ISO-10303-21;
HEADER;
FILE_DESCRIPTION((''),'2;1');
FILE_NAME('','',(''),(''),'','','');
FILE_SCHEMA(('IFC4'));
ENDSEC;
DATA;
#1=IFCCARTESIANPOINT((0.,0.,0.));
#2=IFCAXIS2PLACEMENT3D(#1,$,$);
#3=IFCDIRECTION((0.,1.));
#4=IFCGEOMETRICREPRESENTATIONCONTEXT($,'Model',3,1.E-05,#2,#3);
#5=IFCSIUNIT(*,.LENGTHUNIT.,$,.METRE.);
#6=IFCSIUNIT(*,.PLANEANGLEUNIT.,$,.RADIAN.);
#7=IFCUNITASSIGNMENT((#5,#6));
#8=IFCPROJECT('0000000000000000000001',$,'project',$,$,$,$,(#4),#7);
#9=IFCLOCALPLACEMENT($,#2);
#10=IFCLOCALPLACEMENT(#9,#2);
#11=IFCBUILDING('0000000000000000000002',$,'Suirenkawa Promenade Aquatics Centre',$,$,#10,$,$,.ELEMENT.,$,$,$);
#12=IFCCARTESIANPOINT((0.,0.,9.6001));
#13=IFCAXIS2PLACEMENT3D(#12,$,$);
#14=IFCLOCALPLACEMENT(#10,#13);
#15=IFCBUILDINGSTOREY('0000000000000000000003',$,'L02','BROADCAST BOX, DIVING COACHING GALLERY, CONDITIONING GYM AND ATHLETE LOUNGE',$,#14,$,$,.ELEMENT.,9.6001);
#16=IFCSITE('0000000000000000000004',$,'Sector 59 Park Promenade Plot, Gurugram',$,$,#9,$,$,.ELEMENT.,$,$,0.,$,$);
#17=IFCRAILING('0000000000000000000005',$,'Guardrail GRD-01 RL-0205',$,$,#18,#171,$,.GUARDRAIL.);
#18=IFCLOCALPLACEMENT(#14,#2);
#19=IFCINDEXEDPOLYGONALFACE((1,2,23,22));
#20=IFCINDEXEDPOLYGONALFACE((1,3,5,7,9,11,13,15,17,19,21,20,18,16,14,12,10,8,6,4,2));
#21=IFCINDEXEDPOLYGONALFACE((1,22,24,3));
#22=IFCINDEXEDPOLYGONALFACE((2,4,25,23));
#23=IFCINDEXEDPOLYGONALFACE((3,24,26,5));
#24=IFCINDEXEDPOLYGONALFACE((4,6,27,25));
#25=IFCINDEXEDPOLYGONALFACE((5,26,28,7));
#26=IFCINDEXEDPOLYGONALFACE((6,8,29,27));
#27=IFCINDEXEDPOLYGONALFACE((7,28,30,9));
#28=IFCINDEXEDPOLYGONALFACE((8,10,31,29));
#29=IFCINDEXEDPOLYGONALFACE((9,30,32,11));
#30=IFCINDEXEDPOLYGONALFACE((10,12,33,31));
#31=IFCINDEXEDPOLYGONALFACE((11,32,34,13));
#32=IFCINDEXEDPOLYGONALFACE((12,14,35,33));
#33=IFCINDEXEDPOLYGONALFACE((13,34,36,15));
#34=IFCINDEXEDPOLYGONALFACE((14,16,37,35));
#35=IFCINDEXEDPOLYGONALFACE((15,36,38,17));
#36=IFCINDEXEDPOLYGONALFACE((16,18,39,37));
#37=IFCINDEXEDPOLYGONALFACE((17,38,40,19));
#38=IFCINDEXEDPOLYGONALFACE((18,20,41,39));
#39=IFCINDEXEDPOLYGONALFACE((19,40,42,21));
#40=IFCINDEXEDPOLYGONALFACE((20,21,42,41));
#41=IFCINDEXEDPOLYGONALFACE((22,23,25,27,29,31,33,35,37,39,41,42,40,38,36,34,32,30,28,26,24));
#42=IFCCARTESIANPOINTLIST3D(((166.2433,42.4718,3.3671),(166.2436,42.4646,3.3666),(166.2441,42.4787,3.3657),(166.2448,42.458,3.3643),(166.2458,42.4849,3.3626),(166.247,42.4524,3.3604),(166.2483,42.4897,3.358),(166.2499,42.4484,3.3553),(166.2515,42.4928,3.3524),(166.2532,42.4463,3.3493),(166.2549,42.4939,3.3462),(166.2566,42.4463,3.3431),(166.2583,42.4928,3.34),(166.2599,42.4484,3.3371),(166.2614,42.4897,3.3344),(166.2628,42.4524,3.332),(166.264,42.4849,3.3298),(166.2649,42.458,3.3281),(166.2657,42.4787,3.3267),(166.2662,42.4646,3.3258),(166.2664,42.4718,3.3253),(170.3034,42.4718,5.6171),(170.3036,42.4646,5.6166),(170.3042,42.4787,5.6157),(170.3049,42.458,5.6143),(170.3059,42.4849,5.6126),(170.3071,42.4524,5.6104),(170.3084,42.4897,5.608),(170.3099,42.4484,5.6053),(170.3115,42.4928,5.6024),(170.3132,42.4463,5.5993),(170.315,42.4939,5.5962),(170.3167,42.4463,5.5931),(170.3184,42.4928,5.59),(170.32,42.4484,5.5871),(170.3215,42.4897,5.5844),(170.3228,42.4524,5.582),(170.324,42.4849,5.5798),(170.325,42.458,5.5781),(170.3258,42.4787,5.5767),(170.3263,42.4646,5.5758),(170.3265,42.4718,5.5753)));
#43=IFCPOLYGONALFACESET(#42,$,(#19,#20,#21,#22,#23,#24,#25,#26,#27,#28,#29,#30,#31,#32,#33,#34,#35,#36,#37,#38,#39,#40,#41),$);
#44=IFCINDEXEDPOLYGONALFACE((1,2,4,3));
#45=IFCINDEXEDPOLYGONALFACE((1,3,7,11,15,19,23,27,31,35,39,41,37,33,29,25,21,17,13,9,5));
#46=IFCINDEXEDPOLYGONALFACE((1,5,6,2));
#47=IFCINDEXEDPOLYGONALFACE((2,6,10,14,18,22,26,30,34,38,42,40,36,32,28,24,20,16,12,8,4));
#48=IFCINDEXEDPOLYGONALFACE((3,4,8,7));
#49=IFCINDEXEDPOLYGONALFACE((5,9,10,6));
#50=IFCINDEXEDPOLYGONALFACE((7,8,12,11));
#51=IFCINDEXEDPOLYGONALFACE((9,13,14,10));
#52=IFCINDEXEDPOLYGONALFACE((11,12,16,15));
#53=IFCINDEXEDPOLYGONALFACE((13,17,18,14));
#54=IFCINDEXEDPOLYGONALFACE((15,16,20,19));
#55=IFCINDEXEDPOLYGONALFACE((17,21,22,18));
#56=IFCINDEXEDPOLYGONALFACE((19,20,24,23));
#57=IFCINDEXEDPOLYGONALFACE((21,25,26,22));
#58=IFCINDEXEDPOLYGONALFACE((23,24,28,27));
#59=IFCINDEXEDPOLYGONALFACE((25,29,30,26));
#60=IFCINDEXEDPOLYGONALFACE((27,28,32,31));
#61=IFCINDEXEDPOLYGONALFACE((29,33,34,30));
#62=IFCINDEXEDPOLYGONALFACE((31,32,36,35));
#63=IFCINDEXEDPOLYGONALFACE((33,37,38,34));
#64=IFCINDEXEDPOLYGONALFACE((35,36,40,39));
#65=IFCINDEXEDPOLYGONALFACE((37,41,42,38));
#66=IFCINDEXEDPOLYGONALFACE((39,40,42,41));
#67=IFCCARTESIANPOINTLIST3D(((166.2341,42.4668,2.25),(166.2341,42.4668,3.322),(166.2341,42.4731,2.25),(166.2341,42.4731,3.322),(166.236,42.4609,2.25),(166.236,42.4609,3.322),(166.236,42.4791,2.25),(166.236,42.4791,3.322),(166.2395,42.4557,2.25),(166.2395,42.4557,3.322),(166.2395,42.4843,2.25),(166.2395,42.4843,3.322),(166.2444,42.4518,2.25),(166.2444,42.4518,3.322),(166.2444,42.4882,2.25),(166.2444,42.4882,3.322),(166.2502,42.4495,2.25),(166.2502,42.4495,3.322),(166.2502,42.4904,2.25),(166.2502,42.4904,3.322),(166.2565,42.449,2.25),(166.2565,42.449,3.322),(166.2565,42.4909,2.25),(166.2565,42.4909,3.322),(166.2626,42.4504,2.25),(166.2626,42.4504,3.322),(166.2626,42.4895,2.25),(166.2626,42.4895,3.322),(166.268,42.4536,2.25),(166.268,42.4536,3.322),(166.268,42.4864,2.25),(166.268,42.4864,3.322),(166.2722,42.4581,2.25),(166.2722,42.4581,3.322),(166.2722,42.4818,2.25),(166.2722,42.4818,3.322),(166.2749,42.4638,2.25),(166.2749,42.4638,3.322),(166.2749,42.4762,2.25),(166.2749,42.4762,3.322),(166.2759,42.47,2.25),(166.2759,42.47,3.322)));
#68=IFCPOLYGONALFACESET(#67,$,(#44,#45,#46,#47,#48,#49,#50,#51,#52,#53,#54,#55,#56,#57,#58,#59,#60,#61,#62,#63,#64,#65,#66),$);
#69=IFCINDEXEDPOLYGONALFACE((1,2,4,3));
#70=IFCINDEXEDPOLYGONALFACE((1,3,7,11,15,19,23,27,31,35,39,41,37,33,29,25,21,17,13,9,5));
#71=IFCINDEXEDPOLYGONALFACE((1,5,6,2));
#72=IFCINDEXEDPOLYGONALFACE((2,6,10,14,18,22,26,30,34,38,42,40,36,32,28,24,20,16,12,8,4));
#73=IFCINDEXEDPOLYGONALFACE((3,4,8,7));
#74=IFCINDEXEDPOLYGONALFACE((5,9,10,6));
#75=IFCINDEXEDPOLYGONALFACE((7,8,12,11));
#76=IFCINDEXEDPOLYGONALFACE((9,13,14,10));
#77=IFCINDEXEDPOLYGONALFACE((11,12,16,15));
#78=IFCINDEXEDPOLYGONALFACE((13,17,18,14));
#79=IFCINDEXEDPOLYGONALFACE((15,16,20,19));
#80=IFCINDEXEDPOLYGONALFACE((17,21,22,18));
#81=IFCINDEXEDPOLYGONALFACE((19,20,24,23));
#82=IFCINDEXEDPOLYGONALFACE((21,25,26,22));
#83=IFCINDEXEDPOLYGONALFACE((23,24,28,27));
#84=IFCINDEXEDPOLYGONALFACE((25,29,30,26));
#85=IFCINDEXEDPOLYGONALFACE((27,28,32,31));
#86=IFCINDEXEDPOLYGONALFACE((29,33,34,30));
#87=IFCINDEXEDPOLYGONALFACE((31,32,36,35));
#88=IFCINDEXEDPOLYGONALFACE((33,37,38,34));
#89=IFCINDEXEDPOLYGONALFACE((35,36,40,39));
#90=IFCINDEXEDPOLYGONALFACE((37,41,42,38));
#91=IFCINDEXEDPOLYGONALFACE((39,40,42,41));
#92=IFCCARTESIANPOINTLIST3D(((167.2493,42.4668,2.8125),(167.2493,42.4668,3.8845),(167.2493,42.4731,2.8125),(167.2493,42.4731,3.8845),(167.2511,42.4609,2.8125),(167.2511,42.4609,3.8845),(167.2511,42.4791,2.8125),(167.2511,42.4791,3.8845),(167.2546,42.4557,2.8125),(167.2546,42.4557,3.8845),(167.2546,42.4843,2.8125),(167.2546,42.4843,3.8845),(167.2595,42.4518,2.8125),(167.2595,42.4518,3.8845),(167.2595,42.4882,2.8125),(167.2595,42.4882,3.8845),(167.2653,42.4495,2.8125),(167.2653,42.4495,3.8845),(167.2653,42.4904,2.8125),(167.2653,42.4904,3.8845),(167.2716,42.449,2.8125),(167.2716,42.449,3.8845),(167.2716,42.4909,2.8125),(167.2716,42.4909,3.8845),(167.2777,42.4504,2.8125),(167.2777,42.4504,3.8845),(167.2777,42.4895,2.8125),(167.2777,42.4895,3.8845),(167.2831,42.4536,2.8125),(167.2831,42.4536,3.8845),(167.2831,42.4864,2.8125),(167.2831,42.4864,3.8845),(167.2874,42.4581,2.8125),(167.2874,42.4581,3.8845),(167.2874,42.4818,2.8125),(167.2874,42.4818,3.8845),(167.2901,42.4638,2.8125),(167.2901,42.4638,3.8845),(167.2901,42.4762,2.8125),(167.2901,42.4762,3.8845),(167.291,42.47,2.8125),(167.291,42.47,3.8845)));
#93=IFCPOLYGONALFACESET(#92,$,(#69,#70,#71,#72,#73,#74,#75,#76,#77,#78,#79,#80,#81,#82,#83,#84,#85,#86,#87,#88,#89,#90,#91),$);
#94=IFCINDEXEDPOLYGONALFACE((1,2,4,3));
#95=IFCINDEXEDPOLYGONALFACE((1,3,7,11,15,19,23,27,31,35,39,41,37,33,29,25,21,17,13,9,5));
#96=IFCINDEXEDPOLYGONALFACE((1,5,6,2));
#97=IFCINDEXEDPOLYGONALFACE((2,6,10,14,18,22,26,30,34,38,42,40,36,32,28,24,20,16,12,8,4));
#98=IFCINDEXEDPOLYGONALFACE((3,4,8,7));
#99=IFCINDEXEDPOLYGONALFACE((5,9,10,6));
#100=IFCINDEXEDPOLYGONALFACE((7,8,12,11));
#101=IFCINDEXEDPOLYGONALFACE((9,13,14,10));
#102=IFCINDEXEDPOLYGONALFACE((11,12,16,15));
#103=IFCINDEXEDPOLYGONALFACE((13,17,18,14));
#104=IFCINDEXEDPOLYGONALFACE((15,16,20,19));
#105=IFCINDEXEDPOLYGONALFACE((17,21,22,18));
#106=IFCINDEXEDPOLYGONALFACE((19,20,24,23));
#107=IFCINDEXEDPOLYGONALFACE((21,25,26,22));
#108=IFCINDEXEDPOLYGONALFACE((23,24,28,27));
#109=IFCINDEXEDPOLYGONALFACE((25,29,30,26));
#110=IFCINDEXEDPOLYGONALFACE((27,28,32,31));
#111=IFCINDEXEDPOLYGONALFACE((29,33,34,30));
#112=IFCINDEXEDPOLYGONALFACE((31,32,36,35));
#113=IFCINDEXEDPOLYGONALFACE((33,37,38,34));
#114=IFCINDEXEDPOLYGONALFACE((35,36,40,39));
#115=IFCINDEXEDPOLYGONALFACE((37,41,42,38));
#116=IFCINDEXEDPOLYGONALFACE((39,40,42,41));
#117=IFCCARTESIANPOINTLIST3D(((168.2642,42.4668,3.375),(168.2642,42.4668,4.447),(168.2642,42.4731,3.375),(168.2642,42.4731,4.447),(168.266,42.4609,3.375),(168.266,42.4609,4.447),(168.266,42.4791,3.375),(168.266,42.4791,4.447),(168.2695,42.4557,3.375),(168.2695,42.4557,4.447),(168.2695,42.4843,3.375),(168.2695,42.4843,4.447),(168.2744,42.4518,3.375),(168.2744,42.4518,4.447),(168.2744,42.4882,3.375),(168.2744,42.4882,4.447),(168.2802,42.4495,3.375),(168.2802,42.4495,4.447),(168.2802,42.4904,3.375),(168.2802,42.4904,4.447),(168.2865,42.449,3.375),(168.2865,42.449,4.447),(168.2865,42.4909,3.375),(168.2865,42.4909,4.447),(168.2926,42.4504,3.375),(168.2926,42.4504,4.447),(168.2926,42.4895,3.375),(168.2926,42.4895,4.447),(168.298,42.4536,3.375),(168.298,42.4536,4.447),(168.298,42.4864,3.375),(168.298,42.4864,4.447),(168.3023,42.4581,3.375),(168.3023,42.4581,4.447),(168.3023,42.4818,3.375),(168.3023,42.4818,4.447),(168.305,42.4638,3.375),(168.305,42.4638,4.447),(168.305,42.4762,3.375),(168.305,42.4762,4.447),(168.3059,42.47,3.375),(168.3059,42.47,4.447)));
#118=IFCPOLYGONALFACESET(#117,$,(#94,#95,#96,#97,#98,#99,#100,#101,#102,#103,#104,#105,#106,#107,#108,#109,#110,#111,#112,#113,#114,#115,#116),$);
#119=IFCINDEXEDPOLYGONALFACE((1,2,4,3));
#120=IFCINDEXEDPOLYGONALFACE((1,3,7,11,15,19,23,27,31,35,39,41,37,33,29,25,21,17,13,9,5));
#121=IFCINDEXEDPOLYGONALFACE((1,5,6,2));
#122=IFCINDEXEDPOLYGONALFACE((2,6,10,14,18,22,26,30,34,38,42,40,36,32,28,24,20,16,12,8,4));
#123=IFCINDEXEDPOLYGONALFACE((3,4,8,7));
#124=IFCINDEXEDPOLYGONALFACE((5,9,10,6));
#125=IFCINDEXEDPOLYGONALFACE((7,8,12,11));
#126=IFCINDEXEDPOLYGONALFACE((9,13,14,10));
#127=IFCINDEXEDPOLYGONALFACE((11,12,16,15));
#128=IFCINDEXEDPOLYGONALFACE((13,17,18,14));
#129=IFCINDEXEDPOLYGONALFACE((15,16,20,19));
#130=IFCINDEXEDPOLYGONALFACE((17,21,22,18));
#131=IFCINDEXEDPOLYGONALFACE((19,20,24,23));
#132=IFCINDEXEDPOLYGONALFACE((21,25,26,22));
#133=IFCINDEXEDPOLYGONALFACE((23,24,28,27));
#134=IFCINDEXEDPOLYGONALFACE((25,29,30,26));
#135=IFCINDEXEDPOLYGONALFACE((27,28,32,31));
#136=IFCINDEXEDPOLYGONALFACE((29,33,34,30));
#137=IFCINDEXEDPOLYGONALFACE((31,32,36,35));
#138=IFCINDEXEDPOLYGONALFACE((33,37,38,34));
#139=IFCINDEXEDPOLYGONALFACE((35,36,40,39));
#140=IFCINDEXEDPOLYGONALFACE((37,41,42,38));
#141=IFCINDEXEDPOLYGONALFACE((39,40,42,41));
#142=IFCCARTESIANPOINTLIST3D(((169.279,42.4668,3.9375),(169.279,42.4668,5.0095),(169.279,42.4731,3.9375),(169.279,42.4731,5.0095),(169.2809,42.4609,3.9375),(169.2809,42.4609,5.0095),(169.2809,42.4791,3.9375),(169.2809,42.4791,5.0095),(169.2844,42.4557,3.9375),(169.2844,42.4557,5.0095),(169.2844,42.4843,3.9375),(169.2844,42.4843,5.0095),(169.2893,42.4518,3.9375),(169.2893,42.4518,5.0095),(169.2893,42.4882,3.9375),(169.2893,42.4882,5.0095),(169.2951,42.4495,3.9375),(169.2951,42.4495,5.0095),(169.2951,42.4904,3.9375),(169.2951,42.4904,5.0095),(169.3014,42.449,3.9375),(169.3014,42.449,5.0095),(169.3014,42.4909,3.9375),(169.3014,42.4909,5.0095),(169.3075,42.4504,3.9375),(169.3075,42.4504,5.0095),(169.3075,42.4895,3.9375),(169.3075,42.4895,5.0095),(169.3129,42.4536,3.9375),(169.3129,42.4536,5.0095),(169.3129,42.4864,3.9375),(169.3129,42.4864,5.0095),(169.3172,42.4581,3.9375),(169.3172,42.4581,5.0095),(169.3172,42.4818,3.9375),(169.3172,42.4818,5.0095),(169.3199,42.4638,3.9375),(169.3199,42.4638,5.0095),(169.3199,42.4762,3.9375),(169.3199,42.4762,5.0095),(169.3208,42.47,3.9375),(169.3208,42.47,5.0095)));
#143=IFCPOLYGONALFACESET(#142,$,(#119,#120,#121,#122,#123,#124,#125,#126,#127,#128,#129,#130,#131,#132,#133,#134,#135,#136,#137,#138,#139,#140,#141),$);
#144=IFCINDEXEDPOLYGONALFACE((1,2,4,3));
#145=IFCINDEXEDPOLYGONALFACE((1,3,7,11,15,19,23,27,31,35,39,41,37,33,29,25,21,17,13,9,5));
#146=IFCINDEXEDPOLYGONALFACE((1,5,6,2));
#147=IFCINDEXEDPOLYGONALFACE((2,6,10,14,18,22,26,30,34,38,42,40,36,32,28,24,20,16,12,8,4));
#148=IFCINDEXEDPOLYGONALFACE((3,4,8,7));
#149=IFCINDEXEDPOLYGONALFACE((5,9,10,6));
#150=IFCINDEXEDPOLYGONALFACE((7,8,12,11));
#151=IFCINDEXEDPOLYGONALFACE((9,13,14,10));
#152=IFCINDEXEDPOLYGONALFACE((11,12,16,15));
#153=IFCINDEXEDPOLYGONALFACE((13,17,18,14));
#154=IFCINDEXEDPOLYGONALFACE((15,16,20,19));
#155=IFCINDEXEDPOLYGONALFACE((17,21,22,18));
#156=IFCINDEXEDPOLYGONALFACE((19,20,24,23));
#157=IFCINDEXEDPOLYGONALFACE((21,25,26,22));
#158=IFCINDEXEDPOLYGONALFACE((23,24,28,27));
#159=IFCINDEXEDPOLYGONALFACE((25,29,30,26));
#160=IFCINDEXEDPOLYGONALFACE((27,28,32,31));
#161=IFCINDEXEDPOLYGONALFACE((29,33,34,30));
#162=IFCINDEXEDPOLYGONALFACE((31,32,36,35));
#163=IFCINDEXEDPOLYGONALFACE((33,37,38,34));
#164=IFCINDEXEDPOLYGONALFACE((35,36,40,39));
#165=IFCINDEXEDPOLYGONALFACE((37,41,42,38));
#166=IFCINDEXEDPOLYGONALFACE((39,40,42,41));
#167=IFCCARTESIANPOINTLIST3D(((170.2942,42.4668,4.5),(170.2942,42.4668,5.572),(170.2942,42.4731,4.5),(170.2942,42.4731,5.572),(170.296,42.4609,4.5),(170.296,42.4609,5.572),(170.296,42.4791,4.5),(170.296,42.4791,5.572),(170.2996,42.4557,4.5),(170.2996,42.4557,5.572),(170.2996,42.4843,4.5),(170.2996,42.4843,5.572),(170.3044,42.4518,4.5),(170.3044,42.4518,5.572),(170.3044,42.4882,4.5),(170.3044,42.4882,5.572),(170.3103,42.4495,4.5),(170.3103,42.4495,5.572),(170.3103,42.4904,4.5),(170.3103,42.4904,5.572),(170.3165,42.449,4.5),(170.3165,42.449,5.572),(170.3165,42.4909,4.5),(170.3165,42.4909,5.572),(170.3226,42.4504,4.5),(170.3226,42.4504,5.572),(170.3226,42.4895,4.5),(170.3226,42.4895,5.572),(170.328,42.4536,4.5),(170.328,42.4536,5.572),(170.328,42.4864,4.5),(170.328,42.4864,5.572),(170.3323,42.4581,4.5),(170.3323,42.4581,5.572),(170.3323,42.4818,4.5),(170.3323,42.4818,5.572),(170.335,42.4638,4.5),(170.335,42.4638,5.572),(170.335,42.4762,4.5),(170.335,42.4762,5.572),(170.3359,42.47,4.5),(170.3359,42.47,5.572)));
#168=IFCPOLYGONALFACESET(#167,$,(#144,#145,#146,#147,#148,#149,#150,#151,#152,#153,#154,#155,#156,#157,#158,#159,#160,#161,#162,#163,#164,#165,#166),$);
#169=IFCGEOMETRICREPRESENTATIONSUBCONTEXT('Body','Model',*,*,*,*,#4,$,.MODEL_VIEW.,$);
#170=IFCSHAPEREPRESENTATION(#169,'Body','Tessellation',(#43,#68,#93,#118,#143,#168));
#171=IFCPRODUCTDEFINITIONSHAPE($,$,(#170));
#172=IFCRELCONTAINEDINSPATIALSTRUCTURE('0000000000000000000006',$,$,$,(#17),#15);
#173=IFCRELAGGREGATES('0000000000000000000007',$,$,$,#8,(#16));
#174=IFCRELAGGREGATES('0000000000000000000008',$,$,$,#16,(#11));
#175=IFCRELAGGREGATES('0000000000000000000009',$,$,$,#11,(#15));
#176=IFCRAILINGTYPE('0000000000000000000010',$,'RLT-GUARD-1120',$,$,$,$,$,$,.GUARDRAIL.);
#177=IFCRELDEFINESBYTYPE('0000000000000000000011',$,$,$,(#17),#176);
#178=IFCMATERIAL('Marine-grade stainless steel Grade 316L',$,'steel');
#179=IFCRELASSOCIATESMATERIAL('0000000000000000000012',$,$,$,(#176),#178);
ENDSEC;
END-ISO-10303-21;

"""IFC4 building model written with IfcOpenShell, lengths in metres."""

from ifc_helpers import new_model, si_unit, direction, frame, origin, origin_2d, place, context, subcontext, project, spatial, circle, extrude, material, type_object, element, save


model = new_model("IFC4")

# Units and contexts
model_context = context("Model", 3, precision=1e-05, world=origin(), true_north=direction((0.0, 1.0)))
body_context = subcontext(model_context, "Body", "Model", "MODEL_VIEW")
ifc_project = project(units=[si_unit("LENGTHUNIT", "METRE"), si_unit("PLANEANGLEUNIT", "RADIAN")], contexts=[model_context])

# Site, building, storey
site_placement = place(None, origin())
site = spatial("IfcSite", under=ifc_project, at=site_placement, Name="Sector 59 Park Promenade Plot, Gurugram", CompositionType="ELEMENT", RefElevation=0.0)
building_placement = place(site_placement, origin())
building = spatial("IfcBuilding", under=site, at=building_placement, Name="Suirenkawa Promenade Aquatics Centre", CompositionType="ELEMENT")
storey_placement = place(building_placement, frame((0.0, 0.0, 9.6001)))
storey = spatial("IfcBuildingStorey", under=building, at=storey_placement, Name="L02", Description="BROADCAST BOX, DIVING COACHING GALLERY, CONDITIONING GYM AND ATHLETE LOUNGE", CompositionType="ELEMENT", Elevation=9.6001)

# Railing
ifc_material_1 = material(Name="Marine-grade stainless steel Grade 316L", Category="steel")
railing_type_1 = type_object("IfcRailingType", Name="RLT-GUARD-1120", PredefinedType="GUARDRAIL", material=ifc_material_1)
for number, where, name in (
    (1, (166.2549, 42.47, 2.25), "Guardrail GRD-01 RL-0205"),
):
    element("IfcRailing", number, at=place(storey_placement, frame(where)), inside=storey, type_object=railing_type_1, Name=name, PredefinedType="GUARDRAIL", context=body_context, shape_type="SweptSolid", body=[
        extrude(circle(Radius=0.0239, at=origin_2d()), frame((0.0, 0.0, 1.0962), z_axis=(0.874668, 0.0, 0.484723), x_axis=(0.0, 1.0, 0.0)), (0.0, 0.0, 1.0), 4.6418),
        extrude(circle(Radius=0.021, at=origin_2d()), origin(), (0.0, 0.0, 1.0), 1.072),
        extrude(circle(Radius=0.021, at=origin_2d()), frame((1.0151, 0.0, 0.5625)), (0.0, 0.0, 1.0), 1.072),
        extrude(circle(Radius=0.021, at=origin_2d()), frame((2.03, 0.0, 1.125)), (0.0, 0.0, 1.0), 1.072),
        extrude(circle(Radius=0.021, at=origin_2d()), frame((3.0449, 0.0, 1.6875)), (0.0, 0.0, 1.0), 1.072),
        extrude(circle(Radius=0.021, at=origin_2d()), frame((4.0601, 0.0, 2.25)), (0.0, 0.0, 1.0), 1.072),
    ])

save(model, "model.ifc")
